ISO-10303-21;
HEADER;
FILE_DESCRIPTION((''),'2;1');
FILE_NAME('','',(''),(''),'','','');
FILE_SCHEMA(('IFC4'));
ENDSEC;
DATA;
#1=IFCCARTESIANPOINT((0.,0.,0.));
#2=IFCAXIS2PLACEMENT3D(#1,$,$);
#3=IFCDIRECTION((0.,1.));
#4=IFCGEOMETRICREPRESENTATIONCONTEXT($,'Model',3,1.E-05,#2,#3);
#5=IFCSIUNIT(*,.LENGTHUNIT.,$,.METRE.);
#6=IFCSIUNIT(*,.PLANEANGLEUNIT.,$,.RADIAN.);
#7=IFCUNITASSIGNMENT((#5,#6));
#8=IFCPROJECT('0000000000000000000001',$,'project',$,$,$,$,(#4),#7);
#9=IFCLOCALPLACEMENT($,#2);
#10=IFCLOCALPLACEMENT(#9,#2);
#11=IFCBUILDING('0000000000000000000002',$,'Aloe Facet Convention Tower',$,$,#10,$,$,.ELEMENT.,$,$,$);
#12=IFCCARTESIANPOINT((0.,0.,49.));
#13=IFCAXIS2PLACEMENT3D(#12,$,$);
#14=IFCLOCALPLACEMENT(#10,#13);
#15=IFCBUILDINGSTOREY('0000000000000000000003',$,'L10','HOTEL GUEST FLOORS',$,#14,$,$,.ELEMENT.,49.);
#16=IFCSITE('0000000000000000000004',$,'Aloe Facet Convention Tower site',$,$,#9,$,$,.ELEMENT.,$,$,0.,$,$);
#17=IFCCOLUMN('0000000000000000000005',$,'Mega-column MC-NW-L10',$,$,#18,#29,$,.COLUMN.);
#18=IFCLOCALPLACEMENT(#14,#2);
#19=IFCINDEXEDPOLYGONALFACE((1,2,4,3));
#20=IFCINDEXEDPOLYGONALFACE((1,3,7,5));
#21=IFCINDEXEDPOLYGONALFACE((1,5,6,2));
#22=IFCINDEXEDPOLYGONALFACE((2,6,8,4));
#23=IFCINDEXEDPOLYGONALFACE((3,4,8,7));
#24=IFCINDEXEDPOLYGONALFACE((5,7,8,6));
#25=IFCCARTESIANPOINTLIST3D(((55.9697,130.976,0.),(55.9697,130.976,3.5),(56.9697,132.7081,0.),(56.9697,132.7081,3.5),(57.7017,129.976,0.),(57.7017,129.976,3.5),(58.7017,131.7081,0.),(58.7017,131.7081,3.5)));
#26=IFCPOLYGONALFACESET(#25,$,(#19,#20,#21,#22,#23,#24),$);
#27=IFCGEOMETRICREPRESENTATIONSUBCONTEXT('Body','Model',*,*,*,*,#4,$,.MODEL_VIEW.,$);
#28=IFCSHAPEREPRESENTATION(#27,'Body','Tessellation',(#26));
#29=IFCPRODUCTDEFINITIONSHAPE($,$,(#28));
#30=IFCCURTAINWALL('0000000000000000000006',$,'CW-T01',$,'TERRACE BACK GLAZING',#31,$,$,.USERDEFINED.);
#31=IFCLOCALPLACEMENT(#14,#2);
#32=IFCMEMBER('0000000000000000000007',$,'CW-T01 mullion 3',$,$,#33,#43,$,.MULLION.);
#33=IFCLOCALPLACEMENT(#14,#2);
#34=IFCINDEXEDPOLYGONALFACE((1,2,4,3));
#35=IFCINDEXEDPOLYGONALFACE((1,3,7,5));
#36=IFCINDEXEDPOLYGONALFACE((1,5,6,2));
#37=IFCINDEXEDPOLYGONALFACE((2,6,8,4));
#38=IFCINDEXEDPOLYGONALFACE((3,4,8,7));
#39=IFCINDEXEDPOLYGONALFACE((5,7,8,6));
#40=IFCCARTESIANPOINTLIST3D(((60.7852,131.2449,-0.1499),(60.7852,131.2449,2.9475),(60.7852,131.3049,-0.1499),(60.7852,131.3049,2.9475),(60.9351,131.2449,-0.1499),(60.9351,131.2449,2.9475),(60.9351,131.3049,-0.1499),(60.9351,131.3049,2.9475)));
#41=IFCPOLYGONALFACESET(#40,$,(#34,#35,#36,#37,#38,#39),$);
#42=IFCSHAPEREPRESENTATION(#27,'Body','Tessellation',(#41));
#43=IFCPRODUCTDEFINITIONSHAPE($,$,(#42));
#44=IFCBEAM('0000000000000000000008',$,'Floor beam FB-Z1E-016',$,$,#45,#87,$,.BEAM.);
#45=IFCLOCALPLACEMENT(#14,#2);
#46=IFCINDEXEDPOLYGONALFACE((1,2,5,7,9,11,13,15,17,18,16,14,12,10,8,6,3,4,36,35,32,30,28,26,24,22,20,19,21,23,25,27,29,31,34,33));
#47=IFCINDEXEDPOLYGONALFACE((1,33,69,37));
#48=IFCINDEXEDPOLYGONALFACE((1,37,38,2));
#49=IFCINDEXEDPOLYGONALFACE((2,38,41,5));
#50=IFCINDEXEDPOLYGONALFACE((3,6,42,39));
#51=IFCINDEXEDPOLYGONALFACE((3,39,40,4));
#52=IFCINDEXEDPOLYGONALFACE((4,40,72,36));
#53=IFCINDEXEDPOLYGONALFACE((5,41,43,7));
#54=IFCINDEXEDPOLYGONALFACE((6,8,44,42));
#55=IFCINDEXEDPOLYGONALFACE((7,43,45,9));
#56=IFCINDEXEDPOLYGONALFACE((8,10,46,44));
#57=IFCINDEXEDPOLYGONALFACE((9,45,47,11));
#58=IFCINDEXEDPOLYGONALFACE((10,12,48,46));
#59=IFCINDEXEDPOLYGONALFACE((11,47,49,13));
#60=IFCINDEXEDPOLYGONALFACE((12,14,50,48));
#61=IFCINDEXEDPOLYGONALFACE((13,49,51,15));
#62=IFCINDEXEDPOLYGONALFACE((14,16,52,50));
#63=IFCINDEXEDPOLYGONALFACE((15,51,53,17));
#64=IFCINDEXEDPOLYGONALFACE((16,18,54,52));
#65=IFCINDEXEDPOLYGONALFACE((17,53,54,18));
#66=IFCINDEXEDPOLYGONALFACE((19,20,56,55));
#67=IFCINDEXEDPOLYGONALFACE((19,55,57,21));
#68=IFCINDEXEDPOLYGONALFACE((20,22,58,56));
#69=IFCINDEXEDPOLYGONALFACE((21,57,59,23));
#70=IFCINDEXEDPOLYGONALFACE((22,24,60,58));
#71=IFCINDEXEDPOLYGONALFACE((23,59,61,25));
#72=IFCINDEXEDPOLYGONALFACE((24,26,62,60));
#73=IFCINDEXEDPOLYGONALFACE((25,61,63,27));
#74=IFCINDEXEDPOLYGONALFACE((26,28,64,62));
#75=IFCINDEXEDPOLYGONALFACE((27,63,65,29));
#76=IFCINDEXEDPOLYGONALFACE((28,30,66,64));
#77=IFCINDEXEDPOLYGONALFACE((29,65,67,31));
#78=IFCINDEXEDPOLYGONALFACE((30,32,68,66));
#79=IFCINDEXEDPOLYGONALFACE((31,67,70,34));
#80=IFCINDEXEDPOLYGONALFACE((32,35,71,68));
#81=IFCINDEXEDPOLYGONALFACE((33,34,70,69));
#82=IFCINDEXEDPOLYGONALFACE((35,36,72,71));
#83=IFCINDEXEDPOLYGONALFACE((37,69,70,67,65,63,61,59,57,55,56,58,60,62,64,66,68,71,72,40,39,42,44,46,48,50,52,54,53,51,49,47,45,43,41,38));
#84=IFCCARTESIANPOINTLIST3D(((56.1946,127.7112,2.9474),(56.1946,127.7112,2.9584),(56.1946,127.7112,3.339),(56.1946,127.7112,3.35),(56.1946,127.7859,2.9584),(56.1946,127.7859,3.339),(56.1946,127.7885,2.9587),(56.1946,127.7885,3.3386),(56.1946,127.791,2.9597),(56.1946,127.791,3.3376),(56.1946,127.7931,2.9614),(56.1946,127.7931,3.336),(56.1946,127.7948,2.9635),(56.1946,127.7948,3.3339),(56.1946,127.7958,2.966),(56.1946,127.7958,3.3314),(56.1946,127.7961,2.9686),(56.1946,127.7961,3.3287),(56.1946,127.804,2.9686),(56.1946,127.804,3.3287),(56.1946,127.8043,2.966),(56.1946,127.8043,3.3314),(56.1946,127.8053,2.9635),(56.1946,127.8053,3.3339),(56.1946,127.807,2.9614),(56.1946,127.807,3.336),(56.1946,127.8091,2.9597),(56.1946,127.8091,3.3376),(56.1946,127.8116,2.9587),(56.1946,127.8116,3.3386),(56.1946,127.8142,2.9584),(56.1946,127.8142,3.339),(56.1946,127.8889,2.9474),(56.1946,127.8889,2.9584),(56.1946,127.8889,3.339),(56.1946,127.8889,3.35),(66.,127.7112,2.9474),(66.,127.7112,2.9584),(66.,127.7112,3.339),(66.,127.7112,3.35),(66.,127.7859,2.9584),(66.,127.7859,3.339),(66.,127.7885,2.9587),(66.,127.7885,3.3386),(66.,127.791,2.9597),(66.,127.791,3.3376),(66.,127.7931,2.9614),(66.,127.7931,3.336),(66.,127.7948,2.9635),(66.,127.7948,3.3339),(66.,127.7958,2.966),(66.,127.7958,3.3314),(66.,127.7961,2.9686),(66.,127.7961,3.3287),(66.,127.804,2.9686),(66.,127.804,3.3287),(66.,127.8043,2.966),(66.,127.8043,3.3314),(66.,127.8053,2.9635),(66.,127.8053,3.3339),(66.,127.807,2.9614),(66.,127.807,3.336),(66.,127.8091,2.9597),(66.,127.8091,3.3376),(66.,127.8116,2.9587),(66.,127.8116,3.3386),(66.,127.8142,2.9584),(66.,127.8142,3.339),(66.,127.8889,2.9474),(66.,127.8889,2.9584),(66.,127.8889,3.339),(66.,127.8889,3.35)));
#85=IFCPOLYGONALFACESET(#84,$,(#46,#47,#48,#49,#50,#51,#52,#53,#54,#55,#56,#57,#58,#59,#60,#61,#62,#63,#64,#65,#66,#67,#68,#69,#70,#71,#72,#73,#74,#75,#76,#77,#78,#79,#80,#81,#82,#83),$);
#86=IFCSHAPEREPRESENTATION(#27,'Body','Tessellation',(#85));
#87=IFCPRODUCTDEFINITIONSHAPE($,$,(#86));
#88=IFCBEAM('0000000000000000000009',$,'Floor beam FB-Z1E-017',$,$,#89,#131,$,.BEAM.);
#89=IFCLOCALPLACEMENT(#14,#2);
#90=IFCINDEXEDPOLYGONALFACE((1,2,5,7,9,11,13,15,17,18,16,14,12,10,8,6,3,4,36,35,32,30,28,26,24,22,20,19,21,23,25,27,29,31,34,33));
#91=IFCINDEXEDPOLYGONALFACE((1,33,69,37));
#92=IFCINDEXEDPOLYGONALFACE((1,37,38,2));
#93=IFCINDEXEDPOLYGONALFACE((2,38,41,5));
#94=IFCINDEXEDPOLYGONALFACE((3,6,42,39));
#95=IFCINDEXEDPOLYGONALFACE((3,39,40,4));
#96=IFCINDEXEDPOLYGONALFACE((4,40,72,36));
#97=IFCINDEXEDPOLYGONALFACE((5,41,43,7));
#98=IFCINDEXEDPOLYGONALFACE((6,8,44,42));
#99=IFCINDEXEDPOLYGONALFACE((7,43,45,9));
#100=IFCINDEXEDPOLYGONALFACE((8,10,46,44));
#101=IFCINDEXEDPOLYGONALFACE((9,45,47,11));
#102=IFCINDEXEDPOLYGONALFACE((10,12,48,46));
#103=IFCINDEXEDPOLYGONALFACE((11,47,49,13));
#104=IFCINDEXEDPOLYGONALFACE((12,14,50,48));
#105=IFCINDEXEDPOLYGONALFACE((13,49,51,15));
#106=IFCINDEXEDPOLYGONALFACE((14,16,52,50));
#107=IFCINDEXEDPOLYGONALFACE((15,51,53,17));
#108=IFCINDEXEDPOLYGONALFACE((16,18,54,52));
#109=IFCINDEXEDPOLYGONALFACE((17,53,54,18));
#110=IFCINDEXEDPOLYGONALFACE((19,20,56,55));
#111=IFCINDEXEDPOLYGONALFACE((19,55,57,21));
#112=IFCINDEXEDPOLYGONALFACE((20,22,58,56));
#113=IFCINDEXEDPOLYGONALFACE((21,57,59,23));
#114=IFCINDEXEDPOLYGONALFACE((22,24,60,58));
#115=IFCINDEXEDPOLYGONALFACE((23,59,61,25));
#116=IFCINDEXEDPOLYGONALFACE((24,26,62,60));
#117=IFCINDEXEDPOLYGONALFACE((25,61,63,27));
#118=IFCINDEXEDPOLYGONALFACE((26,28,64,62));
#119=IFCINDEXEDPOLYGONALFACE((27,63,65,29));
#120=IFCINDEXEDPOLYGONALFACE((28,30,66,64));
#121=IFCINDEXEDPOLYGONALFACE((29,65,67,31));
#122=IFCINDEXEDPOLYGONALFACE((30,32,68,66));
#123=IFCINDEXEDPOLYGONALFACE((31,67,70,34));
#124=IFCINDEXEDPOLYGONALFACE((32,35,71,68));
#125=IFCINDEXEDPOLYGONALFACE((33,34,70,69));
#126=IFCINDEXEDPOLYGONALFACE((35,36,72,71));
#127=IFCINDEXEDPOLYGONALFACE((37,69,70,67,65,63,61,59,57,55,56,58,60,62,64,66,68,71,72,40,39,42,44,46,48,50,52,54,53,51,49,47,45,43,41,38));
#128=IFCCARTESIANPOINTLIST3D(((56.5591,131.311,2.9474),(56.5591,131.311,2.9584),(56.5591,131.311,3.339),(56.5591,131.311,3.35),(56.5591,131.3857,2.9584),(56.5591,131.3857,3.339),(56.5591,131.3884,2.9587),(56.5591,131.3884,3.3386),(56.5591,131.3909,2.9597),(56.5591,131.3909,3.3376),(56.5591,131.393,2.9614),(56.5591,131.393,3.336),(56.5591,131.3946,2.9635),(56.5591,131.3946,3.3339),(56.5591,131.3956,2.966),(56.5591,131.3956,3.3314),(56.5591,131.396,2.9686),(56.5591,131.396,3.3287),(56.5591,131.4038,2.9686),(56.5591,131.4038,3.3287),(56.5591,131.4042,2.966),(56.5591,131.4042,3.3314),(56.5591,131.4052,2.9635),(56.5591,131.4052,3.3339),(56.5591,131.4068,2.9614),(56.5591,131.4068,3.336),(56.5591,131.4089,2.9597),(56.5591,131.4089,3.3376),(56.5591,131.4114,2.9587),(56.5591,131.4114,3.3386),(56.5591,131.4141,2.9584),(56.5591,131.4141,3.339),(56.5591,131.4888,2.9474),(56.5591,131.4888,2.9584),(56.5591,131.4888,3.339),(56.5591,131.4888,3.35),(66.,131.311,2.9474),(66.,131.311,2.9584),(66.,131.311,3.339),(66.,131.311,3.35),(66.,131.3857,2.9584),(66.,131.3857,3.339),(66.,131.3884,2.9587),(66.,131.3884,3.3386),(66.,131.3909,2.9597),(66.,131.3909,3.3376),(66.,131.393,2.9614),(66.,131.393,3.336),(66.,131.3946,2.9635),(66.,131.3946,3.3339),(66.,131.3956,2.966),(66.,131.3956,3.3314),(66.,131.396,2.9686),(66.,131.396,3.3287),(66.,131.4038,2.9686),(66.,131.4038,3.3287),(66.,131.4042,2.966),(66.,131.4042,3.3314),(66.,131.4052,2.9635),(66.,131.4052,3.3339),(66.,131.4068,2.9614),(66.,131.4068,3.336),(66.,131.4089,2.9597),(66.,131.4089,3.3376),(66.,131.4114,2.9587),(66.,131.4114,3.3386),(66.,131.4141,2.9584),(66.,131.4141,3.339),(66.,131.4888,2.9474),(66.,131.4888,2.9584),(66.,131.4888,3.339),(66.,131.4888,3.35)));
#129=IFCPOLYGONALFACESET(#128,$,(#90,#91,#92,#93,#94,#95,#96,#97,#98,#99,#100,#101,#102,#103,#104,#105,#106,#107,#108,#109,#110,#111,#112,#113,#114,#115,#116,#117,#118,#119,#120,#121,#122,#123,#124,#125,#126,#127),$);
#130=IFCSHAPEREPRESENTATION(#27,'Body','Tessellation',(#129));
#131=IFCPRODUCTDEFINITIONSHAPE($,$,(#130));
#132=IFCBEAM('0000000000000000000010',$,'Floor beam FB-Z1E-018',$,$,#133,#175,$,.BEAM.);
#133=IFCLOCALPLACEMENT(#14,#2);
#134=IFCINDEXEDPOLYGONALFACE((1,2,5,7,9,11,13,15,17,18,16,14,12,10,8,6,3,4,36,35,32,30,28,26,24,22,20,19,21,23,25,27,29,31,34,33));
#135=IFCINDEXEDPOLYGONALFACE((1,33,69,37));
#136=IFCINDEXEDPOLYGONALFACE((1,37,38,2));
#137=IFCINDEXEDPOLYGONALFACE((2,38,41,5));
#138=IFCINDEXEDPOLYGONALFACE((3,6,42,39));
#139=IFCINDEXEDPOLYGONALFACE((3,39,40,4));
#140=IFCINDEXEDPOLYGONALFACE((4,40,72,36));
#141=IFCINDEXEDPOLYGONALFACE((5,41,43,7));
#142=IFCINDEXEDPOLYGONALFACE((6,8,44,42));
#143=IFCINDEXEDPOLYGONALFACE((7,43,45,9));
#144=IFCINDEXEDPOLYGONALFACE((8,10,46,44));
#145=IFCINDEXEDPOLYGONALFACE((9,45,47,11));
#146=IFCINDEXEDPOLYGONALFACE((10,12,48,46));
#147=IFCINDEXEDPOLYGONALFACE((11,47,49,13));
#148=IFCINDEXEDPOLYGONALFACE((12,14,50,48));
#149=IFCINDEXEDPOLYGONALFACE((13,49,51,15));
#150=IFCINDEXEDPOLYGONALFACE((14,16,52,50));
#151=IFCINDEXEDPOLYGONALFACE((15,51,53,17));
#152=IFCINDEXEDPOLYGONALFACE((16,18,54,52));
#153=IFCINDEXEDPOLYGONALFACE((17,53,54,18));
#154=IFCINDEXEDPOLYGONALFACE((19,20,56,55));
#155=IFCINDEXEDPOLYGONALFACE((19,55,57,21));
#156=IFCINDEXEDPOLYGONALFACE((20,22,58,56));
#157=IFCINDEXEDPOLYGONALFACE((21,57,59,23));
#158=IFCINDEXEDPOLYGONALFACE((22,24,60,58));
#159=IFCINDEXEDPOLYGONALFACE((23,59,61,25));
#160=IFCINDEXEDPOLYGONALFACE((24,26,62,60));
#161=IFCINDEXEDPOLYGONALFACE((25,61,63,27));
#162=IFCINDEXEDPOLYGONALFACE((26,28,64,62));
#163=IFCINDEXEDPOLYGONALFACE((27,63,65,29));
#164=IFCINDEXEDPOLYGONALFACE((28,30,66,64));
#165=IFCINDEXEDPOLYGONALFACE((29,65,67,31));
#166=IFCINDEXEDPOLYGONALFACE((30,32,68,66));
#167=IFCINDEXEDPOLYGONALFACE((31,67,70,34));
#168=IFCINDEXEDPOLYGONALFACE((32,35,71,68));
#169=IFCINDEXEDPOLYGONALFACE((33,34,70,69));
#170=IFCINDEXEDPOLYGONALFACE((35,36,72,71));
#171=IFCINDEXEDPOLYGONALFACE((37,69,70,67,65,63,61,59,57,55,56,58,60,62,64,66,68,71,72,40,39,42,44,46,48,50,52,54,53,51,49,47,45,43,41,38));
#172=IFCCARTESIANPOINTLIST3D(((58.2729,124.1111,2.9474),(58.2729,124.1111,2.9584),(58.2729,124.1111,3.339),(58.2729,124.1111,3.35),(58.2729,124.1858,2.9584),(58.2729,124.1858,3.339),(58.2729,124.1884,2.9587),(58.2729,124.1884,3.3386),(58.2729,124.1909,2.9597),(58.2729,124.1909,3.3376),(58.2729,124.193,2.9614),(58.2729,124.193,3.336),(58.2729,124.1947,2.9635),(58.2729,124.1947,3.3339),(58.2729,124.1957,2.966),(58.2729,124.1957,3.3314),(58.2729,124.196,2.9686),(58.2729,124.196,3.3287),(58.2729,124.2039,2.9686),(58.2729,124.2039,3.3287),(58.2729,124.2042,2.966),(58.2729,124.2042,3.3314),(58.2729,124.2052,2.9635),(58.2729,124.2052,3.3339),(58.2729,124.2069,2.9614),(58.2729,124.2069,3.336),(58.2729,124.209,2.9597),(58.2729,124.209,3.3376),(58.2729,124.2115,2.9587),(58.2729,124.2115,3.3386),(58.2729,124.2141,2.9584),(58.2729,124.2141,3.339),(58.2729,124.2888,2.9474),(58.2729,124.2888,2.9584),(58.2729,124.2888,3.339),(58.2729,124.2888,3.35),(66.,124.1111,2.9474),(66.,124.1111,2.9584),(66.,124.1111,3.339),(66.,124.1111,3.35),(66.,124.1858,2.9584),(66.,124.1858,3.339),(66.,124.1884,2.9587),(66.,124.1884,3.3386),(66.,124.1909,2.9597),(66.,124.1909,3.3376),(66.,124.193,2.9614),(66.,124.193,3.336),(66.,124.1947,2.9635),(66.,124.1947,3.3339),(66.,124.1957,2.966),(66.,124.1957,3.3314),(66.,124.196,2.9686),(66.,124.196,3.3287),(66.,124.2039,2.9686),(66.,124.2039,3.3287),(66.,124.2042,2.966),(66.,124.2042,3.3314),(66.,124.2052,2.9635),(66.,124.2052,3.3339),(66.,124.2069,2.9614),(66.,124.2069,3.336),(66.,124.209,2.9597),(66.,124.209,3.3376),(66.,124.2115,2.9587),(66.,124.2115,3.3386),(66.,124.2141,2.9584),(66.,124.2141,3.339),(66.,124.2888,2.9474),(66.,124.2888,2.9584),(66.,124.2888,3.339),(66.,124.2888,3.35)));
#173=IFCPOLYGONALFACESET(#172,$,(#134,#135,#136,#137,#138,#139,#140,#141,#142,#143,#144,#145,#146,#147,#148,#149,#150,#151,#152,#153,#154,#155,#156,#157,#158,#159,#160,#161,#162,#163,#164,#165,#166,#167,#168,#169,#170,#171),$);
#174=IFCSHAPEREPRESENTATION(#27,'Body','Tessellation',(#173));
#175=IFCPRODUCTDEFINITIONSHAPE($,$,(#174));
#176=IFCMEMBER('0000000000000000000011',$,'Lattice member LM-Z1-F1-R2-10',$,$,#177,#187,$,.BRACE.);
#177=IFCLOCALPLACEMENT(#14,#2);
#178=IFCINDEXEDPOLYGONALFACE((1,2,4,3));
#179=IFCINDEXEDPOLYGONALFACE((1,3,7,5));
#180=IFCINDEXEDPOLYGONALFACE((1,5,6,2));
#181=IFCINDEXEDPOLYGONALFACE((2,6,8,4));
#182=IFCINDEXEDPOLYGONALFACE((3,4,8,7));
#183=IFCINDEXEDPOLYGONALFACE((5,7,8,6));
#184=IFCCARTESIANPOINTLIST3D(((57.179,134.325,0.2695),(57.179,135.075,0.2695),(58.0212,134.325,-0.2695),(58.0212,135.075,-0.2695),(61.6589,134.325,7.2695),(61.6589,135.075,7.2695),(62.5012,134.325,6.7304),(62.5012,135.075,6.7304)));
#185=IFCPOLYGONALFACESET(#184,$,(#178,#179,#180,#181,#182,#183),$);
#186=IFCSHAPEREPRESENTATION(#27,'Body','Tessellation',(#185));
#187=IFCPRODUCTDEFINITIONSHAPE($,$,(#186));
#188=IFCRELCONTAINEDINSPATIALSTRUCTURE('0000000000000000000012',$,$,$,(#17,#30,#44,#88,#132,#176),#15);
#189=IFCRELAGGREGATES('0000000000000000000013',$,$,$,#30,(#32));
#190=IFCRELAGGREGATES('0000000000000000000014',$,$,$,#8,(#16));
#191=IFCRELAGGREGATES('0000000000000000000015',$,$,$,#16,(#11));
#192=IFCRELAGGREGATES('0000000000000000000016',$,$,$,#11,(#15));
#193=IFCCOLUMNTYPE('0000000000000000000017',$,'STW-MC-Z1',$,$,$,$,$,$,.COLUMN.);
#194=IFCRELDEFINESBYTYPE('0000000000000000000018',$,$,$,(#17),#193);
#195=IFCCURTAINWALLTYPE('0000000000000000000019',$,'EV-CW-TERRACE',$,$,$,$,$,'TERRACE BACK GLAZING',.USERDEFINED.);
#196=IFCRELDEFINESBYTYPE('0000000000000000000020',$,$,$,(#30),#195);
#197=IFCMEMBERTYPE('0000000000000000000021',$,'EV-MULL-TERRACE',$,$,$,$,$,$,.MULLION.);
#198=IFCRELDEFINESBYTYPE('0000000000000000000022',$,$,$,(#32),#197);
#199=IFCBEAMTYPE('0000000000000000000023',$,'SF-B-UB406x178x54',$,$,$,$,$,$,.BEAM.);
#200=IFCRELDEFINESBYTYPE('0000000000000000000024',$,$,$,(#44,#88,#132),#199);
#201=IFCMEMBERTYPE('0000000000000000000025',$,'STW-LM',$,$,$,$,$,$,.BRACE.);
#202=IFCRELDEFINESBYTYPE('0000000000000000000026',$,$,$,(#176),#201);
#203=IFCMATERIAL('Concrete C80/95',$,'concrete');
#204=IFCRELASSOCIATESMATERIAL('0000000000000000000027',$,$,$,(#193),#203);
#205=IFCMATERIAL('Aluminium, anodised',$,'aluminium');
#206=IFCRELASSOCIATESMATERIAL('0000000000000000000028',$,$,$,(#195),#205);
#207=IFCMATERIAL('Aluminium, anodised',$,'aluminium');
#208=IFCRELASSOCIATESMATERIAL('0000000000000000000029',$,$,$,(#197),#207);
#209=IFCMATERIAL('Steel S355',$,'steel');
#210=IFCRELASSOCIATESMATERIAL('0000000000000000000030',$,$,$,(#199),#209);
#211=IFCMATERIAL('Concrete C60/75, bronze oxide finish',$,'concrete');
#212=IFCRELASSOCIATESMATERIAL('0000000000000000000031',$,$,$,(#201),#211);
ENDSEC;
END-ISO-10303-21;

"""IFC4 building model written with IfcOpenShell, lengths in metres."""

from ifc_helpers import new_model, si_unit, direction, frame, origin, origin_2d, place, context, subcontext, project, spatial, rectangle, i_section, extrude, material, material_profile, profile_set, type_object, element, aggregate, save


model = new_model("IFC4")

# Units and contexts
model_context = context("Model", 3, precision=1e-05, world=origin(), true_north=direction((0.0, 1.0)))
body_context = subcontext(model_context, "Body", "Model", "MODEL_VIEW")
ifc_project = project(units=[si_unit("LENGTHUNIT", "METRE"), si_unit("PLANEANGLEUNIT", "RADIAN")], contexts=[model_context])

# Site, building, storey
site_placement = place(None, origin())
site = spatial("IfcSite", under=ifc_project, at=site_placement, Name="Aloe Facet Convention Tower site", CompositionType="ELEMENT", RefElevation=0.0)
building_placement = place(site_placement, origin())
building = spatial("IfcBuilding", under=site, at=building_placement, Name="Aloe Facet Convention Tower", CompositionType="ELEMENT")
storey_placement = place(building_placement, frame((0.0, 0.0, 49.0)))
storey = spatial("IfcBuildingStorey", under=building, at=storey_placement, Name="L10", Description="HOTEL GUEST FLOORS", CompositionType="ELEMENT", Elevation=49.0)

# Column
ifc_material_1 = material(Name="Concrete C80/95", Category="concrete")
ifc_material_profile_1 = material_profile(ifc_material_1, rectangle(XDim=2.0, YDim=2.0, at=origin_2d()), Name="STW-MC-Z1")
ifc_profile_set_1 = profile_set([ifc_material_profile_1], Name="Concrete C80/95")
column_type = type_object("IfcColumnType", Name="STW-MC-Z1", PredefinedType="COLUMN", material=ifc_profile_set_1)
column_placement = place(storey_placement, frame((57.3357, 131.342, 0.0), z_axis=(0.0, 0.0, 1.0), x_axis=(-0.5, -0.866025, 0.0)))
element("IfcColumn", 1, at=column_placement, inside=storey, type_object=column_type, Name="Mega-column MC-NW-L10", PredefinedType="COLUMN", context=body_context, shape_type="SweptSolid", body=[
    extrude(rectangle(XDim=2.0, YDim=2.0, at=origin_2d()), origin(), (0.0, 0.0, 1.0), 3.5),
])

# Curtain wall, member
ifc_material_2 = material(Name="Aluminium, anodised", Category="aluminium")
curtain_wall_type = type_object("IfcCurtainWallType", Name="EV-CW-TERRACE", ElementType="TERRACE BACK GLAZING", PredefinedType="USERDEFINED", material=ifc_material_2)
curtain_wall_placement = place(storey_placement, origin())
curtain_wall = element("IfcCurtainWall", 2, at=curtain_wall_placement, inside=storey, type_object=curtain_wall_type, Name="CW-T01", ObjectType="TERRACE BACK GLAZING", PredefinedType="USERDEFINED")
ifc_material_3 = material(Name="Aluminium, anodised", Category="aluminium")
ifc_material_profile_2 = material_profile(ifc_material_3, rectangle(XDim=0.0601, YDim=0.1499, at=origin_2d()), Name="AL 60x150")
ifc_profile_set_2 = profile_set([ifc_material_profile_2], Name="Aluminium, anodised")
member_type_1 = type_object("IfcMemberType", Name="EV-MULL-TERRACE", PredefinedType="MULLION", material=ifc_profile_set_2)
member_1_placement = place(storey_placement, frame((60.8601, 131.2749, -0.1499), z_axis=(0.0, 0.0, 1.0), x_axis=(0.0, -1.0, 0.0)))
member_1 = element("IfcMember", 3, at=member_1_placement, type_object=member_type_1, Name="CW-T01 mullion 3", PredefinedType="MULLION", context=body_context, shape_type="SweptSolid", body=[
    extrude(rectangle(XDim=0.0601, YDim=0.1499, at=origin_2d()), origin(), (0.0, 0.0, 1.0), 3.0974),
])

# Beams
ifc_material_4 = material(Name="Steel S355", Category="steel")
ifc_material_profile_3 = material_profile(ifc_material_4, i_section(OverallWidth=0.1777, OverallDepth=0.4026, WebThickness=0.0078, FlangeThickness=0.011, FilletRadius=0.0103, at=origin_2d()), Name="UB 406x178x54")
ifc_profile_set_3 = profile_set([ifc_material_profile_3], Name="Steel S355")
beam_type = type_object("IfcBeamType", Name="SF-B-UB406x178x54", PredefinedType="BEAM", material=ifc_profile_set_3)
beam_1_placement = place(storey_placement, frame((56.1946, 127.8, 3.1487), z_axis=(1.0, 0.0, 0.0), x_axis=(0.0, 1.0, 0.0)))
element("IfcBeam", 4, at=beam_1_placement, inside=storey, type_object=beam_type, Name="Floor beam FB-Z1E-016", PredefinedType="BEAM", context=body_context, shape_type="SweptSolid", body=[
    extrude(i_section(OverallWidth=0.1777, OverallDepth=0.4026, WebThickness=0.0078, FlangeThickness=0.011, FilletRadius=0.0103, at=origin_2d()), origin(), (0.0, 0.0, 1.0), 9.8054),
])
beam_2_placement = place(storey_placement, frame((56.5591, 131.3999, 3.1487), z_axis=(1.0, 0.0, 0.0), x_axis=(0.0, 1.0, 0.0)))
element("IfcBeam", 5, at=beam_2_placement, inside=storey, type_object=beam_type, Name="Floor beam FB-Z1E-017", PredefinedType="BEAM", context=body_context, shape_type="SweptSolid", body=[
    extrude(i_section(OverallWidth=0.1777, OverallDepth=0.4026, WebThickness=0.0078, FlangeThickness=0.011, FilletRadius=0.0103, at=origin_2d()), origin(), (0.0, 0.0, 1.0), 9.4409),
])
beam_3_placement = place(storey_placement, frame((58.2729, 124.2, 3.1487), z_axis=(1.0, 0.0, 0.0), x_axis=(0.0, 1.0, 0.0)))
element("IfcBeam", 6, at=beam_3_placement, inside=storey, type_object=beam_type, Name="Floor beam FB-Z1E-018", PredefinedType="BEAM", context=body_context, shape_type="SweptSolid", body=[
    extrude(i_section(OverallWidth=0.1777, OverallDepth=0.4026, WebThickness=0.0078, FlangeThickness=0.011, FilletRadius=0.0103, at=origin_2d()), origin(), (0.0, 0.0, 1.0), 7.7271),
])

# Member
ifc_material_5 = material(Name="Concrete C60/75, bronze oxide finish", Category="concrete")
ifc_material_profile_4 = material_profile(ifc_material_5, rectangle(XDim=0.75, YDim=1.0, at=origin_2d()), Name="STW-LM")
ifc_profile_set_4 = profile_set([ifc_material_profile_4], Name="Concrete C60/75, bronze oxide finish")
member_type_2 = type_object("IfcMemberType", Name="STW-LM", PredefinedType="BRACE", material=ifc_profile_set_4)
for number, where, z_axis, x_axis, name in (
    (7, (57.6001, 134.7, 0.0), (0.539052, 0.0, 0.842272), (0.0, 1.0, 0.0), "Lattice member LM-Z1-F1-R2-10"),
):
    element("IfcMember", number, at=place(storey_placement, frame(where, z_axis=z_axis, x_axis=x_axis)), inside=storey, type_object=member_type_2, Name=name, PredefinedType="BRACE", context=body_context, shape_type="SweptSolid", body=[
        extrude(rectangle(XDim=0.75, YDim=1.0, at=origin_2d()), origin(), (0.0, 0.0, 1.0), 8.3108),
    ])

aggregate(curtain_wall, [member_1])

save(model, "model.ifc")
